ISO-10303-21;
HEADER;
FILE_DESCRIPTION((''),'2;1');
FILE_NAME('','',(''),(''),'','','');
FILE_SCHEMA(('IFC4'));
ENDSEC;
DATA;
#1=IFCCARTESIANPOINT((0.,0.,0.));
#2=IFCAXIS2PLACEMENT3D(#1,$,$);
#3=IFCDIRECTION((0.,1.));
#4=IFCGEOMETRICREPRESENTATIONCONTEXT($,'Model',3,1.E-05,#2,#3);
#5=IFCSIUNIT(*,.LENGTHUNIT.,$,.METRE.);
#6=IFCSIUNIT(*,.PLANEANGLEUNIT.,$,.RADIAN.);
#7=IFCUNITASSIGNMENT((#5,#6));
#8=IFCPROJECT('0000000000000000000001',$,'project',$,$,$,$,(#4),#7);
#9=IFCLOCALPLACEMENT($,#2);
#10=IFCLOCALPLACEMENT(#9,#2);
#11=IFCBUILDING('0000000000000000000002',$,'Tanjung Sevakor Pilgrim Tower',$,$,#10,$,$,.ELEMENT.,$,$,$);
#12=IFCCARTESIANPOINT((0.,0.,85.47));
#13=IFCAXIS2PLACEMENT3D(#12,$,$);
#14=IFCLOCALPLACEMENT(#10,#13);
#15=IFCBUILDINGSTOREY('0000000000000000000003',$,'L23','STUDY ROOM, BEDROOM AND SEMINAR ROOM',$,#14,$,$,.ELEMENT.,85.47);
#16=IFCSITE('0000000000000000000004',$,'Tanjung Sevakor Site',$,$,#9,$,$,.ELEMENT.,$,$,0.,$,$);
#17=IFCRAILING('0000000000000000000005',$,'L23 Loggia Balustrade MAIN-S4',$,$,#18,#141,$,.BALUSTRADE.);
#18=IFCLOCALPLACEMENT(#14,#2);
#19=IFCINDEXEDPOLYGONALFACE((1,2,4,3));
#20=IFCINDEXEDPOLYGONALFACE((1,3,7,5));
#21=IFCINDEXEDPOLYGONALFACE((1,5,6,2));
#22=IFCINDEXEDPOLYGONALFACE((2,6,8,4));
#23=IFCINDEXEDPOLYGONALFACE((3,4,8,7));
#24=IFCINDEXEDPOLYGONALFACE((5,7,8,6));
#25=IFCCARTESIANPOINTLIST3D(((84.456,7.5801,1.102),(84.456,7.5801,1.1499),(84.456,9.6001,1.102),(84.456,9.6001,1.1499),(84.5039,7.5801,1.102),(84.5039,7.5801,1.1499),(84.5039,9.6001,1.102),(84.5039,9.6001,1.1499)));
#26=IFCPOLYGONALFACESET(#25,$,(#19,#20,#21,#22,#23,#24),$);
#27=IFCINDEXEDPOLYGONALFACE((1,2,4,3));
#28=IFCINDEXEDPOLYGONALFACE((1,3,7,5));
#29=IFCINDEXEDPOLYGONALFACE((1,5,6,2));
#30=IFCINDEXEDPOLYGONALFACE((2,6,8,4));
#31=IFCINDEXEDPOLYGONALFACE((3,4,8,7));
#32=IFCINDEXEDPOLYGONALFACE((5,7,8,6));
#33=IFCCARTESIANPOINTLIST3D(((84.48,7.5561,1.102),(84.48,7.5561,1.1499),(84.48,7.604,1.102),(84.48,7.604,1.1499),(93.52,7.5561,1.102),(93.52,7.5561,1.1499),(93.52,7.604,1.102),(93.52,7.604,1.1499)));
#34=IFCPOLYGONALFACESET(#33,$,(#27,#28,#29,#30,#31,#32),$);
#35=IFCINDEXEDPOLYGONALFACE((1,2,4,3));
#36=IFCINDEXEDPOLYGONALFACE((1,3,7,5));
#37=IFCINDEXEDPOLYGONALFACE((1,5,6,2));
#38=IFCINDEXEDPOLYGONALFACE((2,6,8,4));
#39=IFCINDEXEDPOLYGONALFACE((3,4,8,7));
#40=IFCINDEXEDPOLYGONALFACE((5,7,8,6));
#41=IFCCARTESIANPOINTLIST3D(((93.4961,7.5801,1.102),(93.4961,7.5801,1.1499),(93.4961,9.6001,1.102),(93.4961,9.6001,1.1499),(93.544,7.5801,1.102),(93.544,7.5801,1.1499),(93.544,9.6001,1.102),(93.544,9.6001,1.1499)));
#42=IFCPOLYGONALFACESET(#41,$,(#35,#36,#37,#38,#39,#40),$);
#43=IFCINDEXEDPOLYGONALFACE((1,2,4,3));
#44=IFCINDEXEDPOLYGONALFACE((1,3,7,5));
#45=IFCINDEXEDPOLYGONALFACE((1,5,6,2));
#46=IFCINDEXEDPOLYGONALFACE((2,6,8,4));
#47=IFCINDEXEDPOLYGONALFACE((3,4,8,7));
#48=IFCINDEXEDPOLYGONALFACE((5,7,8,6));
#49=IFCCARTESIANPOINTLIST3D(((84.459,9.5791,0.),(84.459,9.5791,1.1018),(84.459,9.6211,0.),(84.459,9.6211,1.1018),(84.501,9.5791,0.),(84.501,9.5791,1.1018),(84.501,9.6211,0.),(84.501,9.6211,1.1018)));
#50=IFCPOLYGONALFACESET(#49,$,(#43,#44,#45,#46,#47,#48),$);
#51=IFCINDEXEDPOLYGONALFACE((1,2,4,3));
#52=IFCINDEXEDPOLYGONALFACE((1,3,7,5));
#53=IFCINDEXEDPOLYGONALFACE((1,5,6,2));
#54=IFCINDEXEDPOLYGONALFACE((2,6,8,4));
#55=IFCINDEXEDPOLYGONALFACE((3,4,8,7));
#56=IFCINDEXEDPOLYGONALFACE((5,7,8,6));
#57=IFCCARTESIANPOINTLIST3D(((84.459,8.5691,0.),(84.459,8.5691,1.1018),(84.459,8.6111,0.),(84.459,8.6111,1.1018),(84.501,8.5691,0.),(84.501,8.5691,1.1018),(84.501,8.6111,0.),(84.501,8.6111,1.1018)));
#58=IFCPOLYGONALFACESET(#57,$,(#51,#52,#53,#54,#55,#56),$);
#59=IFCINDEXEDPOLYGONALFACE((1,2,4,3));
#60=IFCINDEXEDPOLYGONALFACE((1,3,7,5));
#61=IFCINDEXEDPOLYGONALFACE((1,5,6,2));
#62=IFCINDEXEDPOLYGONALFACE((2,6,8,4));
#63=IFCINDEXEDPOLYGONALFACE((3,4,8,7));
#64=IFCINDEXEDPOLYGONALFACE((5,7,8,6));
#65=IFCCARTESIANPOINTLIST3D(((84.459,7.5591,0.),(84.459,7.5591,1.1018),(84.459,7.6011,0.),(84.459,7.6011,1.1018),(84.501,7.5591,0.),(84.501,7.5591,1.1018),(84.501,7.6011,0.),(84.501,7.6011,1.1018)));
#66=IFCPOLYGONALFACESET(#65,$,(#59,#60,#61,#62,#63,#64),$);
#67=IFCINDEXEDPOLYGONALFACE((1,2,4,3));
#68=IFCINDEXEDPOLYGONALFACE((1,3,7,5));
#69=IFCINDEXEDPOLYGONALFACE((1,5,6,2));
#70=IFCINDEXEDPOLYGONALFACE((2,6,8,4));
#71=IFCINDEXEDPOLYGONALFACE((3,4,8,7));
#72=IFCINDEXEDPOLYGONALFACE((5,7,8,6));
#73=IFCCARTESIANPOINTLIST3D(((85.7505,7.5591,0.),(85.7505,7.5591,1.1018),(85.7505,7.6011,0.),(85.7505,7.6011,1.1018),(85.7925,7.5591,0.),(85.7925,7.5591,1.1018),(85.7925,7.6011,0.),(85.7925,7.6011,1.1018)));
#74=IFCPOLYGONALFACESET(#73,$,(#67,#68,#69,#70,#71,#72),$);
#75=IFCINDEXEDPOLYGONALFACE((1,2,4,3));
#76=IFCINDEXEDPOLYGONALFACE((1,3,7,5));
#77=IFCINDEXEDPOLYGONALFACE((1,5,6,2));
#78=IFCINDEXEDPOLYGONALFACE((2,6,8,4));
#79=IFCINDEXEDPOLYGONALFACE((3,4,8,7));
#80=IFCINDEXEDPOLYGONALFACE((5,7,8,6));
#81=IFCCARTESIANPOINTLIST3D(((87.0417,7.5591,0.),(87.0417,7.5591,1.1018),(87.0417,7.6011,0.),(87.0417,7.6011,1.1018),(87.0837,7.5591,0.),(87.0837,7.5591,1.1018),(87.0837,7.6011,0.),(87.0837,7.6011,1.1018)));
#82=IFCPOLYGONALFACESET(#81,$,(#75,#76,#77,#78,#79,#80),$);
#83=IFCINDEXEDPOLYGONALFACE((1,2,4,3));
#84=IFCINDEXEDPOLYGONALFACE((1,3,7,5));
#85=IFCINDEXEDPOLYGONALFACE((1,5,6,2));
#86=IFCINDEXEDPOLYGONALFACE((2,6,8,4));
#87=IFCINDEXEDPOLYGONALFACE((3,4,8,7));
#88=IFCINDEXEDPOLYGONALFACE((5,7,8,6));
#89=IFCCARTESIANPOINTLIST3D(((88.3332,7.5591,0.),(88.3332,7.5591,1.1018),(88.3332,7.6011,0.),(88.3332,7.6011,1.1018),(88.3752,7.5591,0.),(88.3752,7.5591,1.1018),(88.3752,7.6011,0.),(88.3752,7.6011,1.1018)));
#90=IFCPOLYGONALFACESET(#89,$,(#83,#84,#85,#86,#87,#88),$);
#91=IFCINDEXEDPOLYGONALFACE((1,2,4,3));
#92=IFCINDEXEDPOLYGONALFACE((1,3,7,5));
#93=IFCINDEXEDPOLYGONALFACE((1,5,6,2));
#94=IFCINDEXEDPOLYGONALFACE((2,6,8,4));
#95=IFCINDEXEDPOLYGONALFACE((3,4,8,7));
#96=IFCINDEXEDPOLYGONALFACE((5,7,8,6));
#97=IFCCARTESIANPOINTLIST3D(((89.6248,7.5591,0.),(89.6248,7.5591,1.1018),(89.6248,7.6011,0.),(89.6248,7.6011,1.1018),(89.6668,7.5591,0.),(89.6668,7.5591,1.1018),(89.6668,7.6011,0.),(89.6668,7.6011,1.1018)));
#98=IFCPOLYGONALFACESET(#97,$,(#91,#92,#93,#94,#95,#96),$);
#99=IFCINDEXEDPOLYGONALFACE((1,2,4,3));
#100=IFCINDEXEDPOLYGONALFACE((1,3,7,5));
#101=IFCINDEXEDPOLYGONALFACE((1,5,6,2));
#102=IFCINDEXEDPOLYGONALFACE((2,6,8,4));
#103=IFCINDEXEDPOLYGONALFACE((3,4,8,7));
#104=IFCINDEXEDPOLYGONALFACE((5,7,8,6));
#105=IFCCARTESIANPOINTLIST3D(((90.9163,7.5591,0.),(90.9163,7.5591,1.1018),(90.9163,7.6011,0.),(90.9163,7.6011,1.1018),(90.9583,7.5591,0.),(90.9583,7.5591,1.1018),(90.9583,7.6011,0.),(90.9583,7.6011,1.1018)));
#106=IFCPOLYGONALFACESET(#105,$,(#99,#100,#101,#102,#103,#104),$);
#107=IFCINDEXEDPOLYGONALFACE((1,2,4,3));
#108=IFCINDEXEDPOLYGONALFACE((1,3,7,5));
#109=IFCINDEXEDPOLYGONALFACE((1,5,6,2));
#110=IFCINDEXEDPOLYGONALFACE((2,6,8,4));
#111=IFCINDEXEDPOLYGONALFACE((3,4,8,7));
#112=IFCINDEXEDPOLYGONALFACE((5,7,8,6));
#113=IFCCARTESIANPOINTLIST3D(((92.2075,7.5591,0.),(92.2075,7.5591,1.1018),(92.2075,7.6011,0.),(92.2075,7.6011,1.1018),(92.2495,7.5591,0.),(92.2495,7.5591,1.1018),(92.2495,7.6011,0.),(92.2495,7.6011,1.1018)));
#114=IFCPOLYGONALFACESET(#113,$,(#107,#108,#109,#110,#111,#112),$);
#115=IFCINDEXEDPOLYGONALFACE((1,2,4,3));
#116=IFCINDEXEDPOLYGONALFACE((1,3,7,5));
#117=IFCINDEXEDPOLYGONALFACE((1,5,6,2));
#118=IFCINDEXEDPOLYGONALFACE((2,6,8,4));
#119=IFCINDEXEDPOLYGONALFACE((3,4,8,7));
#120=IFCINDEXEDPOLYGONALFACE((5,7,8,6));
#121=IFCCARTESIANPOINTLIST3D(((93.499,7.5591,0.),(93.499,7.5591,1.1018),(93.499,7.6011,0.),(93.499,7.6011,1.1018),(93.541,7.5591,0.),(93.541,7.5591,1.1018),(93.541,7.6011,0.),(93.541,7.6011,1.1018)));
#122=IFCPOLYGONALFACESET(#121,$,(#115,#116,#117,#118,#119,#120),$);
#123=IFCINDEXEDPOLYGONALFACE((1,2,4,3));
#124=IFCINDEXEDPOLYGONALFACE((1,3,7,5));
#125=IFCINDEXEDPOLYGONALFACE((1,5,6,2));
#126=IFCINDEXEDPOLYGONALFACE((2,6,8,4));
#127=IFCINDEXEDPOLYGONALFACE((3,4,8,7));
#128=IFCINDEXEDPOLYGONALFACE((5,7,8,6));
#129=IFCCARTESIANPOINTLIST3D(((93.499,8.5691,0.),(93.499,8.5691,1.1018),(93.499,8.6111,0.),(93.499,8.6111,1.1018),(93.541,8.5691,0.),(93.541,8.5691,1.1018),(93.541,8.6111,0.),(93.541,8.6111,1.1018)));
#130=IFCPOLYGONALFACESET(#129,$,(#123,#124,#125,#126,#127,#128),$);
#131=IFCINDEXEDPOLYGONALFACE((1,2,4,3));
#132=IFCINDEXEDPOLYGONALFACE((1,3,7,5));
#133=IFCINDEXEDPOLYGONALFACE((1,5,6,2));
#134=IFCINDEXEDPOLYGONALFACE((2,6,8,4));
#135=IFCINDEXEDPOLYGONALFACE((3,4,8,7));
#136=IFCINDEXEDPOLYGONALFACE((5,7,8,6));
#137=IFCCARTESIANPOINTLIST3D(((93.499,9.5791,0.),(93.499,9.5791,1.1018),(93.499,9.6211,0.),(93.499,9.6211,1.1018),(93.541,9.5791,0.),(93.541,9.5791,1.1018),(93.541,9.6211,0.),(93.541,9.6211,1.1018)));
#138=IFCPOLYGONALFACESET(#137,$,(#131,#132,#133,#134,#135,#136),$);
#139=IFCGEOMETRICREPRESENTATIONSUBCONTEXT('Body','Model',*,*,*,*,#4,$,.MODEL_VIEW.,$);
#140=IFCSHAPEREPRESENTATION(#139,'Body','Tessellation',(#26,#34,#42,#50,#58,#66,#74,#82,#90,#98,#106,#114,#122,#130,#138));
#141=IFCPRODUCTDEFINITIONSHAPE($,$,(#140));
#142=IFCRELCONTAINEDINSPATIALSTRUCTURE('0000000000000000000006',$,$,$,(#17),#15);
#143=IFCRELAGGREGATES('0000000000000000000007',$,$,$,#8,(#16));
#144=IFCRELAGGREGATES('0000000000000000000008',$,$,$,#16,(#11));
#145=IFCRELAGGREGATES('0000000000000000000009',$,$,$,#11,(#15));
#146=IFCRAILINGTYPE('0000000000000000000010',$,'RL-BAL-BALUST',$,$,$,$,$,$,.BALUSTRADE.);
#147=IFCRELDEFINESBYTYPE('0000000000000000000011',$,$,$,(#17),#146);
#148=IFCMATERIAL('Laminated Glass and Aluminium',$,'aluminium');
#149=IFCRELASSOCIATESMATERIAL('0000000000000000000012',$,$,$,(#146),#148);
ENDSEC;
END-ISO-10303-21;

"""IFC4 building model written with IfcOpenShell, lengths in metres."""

from ifc_helpers import new_model, si_unit, direction, frame, origin, place, context, subcontext, project, spatial, rectangle, extrude, material, type_object, element, save


model = new_model("IFC4")

# Units and contexts
model_context = context("Model", 3, precision=1e-05, world=origin(), true_north=direction((0.0, 1.0)))
body_context = subcontext(model_context, "Body", "Model", "MODEL_VIEW")
ifc_project = project(units=[si_unit("LENGTHUNIT", "METRE"), si_unit("PLANEANGLEUNIT", "RADIAN")], contexts=[model_context])

# Site, building, storey
site_placement = place(None, origin())
site = spatial("IfcSite", under=ifc_project, at=site_placement, Name="Tanjung Sevakor Site", CompositionType="ELEMENT", RefElevation=0.0)
building_placement = place(site_placement, origin())
building = spatial("IfcBuilding", under=site, at=building_placement, Name="Tanjung Sevakor Pilgrim Tower", CompositionType="ELEMENT")
storey_placement = place(building_placement, frame((0.0, 0.0, 85.47)))
storey = spatial("IfcBuildingStorey", under=building, at=storey_placement, Name="L23", Description="STUDY ROOM, BEDROOM AND SEMINAR ROOM", CompositionType="ELEMENT", Elevation=85.47)

# Railing
ifc_material_1 = material(Name="Laminated Glass and Aluminium", Category="aluminium")
railing_type = type_object("IfcRailingType", Name="RL-BAL-BALUST", PredefinedType="BALUSTRADE", material=ifc_material_1)
railing_placement = place(storey_placement, frame((84.48, 9.6001, 0.0)))
element("IfcRailing", 1, at=railing_placement, inside=storey, type_object=railing_type, Name="L23 Loggia Balustrade MAIN-S4", PredefinedType="BALUSTRADE", context=body_context, shape_type="SweptSolid", body=[
    extrude(rectangle(XDim=0.0479, YDim=0.0479), frame((0.0, 0.0, 1.126), z_axis=(0.0, -1.0, 0.0), x_axis=(1.0, 0.0, 0.0)), (0.0, 0.0, 1.0), 2.02),
    extrude(rectangle(XDim=0.0479, YDim=0.0479), frame((0.0, -2.02, 1.126), z_axis=(1.0, 0.0, 0.0), x_axis=(0.0, 1.0, 0.0)), (0.0, 0.0, 1.0), 9.04),
    extrude(rectangle(XDim=0.0479, YDim=0.0479), frame((9.04, -2.02, 1.126), z_axis=(0.0, 1.0, 0.0), x_axis=(-1.0, 0.0, 0.0)), (0.0, 0.0, 1.0), 2.02),
    extrude(rectangle(XDim=0.042, YDim=0.042), origin(), (0.0, 0.0, 1.0), 1.1018),
    extrude(rectangle(XDim=0.042, YDim=0.042), frame((0.0, -1.01, 0.0)), (0.0, 0.0, 1.0), 1.1018),
    extrude(rectangle(XDim=0.042, YDim=0.042), frame((0.0, -2.02, 0.0)), (0.0, 0.0, 1.0), 1.1018),
    extrude(rectangle(XDim=0.042, YDim=0.042), frame((1.2915, -2.02, 0.0)), (0.0, 0.0, 1.0), 1.1018),
    extrude(rectangle(XDim=0.042, YDim=0.042), frame((2.5828, -2.02, 0.0)), (0.0, 0.0, 1.0), 1.1018),
    extrude(rectangle(XDim=0.042, YDim=0.042), frame((3.8743, -2.02, 0.0)), (0.0, 0.0, 1.0), 1.1018),
    extrude(rectangle(XDim=0.042, YDim=0.042), frame((5.1658, -2.02, 0.0)), (0.0, 0.0, 1.0), 1.1018),
    extrude(rectangle(XDim=0.042, YDim=0.042), frame((6.4573, -2.02, 0.0)), (0.0, 0.0, 1.0), 1.1018),
    extrude(rectangle(XDim=0.042, YDim=0.042), frame((7.7485, -2.02, 0.0)), (0.0, 0.0, 1.0), 1.1018),
    extrude(rectangle(XDim=0.042, YDim=0.042), frame((9.04, -2.02, 0.0)), (0.0, 0.0, 1.0), 1.1018),
    extrude(rectangle(XDim=0.042, YDim=0.042), frame((9.04, -1.01, 0.0)), (0.0, 0.0, 1.0), 1.1018),
    extrude(rectangle(XDim=0.042, YDim=0.042), frame((9.04, 0.0, 0.0)), (0.0, 0.0, 1.0), 1.1018),
])

save(model, "model.ifc")
